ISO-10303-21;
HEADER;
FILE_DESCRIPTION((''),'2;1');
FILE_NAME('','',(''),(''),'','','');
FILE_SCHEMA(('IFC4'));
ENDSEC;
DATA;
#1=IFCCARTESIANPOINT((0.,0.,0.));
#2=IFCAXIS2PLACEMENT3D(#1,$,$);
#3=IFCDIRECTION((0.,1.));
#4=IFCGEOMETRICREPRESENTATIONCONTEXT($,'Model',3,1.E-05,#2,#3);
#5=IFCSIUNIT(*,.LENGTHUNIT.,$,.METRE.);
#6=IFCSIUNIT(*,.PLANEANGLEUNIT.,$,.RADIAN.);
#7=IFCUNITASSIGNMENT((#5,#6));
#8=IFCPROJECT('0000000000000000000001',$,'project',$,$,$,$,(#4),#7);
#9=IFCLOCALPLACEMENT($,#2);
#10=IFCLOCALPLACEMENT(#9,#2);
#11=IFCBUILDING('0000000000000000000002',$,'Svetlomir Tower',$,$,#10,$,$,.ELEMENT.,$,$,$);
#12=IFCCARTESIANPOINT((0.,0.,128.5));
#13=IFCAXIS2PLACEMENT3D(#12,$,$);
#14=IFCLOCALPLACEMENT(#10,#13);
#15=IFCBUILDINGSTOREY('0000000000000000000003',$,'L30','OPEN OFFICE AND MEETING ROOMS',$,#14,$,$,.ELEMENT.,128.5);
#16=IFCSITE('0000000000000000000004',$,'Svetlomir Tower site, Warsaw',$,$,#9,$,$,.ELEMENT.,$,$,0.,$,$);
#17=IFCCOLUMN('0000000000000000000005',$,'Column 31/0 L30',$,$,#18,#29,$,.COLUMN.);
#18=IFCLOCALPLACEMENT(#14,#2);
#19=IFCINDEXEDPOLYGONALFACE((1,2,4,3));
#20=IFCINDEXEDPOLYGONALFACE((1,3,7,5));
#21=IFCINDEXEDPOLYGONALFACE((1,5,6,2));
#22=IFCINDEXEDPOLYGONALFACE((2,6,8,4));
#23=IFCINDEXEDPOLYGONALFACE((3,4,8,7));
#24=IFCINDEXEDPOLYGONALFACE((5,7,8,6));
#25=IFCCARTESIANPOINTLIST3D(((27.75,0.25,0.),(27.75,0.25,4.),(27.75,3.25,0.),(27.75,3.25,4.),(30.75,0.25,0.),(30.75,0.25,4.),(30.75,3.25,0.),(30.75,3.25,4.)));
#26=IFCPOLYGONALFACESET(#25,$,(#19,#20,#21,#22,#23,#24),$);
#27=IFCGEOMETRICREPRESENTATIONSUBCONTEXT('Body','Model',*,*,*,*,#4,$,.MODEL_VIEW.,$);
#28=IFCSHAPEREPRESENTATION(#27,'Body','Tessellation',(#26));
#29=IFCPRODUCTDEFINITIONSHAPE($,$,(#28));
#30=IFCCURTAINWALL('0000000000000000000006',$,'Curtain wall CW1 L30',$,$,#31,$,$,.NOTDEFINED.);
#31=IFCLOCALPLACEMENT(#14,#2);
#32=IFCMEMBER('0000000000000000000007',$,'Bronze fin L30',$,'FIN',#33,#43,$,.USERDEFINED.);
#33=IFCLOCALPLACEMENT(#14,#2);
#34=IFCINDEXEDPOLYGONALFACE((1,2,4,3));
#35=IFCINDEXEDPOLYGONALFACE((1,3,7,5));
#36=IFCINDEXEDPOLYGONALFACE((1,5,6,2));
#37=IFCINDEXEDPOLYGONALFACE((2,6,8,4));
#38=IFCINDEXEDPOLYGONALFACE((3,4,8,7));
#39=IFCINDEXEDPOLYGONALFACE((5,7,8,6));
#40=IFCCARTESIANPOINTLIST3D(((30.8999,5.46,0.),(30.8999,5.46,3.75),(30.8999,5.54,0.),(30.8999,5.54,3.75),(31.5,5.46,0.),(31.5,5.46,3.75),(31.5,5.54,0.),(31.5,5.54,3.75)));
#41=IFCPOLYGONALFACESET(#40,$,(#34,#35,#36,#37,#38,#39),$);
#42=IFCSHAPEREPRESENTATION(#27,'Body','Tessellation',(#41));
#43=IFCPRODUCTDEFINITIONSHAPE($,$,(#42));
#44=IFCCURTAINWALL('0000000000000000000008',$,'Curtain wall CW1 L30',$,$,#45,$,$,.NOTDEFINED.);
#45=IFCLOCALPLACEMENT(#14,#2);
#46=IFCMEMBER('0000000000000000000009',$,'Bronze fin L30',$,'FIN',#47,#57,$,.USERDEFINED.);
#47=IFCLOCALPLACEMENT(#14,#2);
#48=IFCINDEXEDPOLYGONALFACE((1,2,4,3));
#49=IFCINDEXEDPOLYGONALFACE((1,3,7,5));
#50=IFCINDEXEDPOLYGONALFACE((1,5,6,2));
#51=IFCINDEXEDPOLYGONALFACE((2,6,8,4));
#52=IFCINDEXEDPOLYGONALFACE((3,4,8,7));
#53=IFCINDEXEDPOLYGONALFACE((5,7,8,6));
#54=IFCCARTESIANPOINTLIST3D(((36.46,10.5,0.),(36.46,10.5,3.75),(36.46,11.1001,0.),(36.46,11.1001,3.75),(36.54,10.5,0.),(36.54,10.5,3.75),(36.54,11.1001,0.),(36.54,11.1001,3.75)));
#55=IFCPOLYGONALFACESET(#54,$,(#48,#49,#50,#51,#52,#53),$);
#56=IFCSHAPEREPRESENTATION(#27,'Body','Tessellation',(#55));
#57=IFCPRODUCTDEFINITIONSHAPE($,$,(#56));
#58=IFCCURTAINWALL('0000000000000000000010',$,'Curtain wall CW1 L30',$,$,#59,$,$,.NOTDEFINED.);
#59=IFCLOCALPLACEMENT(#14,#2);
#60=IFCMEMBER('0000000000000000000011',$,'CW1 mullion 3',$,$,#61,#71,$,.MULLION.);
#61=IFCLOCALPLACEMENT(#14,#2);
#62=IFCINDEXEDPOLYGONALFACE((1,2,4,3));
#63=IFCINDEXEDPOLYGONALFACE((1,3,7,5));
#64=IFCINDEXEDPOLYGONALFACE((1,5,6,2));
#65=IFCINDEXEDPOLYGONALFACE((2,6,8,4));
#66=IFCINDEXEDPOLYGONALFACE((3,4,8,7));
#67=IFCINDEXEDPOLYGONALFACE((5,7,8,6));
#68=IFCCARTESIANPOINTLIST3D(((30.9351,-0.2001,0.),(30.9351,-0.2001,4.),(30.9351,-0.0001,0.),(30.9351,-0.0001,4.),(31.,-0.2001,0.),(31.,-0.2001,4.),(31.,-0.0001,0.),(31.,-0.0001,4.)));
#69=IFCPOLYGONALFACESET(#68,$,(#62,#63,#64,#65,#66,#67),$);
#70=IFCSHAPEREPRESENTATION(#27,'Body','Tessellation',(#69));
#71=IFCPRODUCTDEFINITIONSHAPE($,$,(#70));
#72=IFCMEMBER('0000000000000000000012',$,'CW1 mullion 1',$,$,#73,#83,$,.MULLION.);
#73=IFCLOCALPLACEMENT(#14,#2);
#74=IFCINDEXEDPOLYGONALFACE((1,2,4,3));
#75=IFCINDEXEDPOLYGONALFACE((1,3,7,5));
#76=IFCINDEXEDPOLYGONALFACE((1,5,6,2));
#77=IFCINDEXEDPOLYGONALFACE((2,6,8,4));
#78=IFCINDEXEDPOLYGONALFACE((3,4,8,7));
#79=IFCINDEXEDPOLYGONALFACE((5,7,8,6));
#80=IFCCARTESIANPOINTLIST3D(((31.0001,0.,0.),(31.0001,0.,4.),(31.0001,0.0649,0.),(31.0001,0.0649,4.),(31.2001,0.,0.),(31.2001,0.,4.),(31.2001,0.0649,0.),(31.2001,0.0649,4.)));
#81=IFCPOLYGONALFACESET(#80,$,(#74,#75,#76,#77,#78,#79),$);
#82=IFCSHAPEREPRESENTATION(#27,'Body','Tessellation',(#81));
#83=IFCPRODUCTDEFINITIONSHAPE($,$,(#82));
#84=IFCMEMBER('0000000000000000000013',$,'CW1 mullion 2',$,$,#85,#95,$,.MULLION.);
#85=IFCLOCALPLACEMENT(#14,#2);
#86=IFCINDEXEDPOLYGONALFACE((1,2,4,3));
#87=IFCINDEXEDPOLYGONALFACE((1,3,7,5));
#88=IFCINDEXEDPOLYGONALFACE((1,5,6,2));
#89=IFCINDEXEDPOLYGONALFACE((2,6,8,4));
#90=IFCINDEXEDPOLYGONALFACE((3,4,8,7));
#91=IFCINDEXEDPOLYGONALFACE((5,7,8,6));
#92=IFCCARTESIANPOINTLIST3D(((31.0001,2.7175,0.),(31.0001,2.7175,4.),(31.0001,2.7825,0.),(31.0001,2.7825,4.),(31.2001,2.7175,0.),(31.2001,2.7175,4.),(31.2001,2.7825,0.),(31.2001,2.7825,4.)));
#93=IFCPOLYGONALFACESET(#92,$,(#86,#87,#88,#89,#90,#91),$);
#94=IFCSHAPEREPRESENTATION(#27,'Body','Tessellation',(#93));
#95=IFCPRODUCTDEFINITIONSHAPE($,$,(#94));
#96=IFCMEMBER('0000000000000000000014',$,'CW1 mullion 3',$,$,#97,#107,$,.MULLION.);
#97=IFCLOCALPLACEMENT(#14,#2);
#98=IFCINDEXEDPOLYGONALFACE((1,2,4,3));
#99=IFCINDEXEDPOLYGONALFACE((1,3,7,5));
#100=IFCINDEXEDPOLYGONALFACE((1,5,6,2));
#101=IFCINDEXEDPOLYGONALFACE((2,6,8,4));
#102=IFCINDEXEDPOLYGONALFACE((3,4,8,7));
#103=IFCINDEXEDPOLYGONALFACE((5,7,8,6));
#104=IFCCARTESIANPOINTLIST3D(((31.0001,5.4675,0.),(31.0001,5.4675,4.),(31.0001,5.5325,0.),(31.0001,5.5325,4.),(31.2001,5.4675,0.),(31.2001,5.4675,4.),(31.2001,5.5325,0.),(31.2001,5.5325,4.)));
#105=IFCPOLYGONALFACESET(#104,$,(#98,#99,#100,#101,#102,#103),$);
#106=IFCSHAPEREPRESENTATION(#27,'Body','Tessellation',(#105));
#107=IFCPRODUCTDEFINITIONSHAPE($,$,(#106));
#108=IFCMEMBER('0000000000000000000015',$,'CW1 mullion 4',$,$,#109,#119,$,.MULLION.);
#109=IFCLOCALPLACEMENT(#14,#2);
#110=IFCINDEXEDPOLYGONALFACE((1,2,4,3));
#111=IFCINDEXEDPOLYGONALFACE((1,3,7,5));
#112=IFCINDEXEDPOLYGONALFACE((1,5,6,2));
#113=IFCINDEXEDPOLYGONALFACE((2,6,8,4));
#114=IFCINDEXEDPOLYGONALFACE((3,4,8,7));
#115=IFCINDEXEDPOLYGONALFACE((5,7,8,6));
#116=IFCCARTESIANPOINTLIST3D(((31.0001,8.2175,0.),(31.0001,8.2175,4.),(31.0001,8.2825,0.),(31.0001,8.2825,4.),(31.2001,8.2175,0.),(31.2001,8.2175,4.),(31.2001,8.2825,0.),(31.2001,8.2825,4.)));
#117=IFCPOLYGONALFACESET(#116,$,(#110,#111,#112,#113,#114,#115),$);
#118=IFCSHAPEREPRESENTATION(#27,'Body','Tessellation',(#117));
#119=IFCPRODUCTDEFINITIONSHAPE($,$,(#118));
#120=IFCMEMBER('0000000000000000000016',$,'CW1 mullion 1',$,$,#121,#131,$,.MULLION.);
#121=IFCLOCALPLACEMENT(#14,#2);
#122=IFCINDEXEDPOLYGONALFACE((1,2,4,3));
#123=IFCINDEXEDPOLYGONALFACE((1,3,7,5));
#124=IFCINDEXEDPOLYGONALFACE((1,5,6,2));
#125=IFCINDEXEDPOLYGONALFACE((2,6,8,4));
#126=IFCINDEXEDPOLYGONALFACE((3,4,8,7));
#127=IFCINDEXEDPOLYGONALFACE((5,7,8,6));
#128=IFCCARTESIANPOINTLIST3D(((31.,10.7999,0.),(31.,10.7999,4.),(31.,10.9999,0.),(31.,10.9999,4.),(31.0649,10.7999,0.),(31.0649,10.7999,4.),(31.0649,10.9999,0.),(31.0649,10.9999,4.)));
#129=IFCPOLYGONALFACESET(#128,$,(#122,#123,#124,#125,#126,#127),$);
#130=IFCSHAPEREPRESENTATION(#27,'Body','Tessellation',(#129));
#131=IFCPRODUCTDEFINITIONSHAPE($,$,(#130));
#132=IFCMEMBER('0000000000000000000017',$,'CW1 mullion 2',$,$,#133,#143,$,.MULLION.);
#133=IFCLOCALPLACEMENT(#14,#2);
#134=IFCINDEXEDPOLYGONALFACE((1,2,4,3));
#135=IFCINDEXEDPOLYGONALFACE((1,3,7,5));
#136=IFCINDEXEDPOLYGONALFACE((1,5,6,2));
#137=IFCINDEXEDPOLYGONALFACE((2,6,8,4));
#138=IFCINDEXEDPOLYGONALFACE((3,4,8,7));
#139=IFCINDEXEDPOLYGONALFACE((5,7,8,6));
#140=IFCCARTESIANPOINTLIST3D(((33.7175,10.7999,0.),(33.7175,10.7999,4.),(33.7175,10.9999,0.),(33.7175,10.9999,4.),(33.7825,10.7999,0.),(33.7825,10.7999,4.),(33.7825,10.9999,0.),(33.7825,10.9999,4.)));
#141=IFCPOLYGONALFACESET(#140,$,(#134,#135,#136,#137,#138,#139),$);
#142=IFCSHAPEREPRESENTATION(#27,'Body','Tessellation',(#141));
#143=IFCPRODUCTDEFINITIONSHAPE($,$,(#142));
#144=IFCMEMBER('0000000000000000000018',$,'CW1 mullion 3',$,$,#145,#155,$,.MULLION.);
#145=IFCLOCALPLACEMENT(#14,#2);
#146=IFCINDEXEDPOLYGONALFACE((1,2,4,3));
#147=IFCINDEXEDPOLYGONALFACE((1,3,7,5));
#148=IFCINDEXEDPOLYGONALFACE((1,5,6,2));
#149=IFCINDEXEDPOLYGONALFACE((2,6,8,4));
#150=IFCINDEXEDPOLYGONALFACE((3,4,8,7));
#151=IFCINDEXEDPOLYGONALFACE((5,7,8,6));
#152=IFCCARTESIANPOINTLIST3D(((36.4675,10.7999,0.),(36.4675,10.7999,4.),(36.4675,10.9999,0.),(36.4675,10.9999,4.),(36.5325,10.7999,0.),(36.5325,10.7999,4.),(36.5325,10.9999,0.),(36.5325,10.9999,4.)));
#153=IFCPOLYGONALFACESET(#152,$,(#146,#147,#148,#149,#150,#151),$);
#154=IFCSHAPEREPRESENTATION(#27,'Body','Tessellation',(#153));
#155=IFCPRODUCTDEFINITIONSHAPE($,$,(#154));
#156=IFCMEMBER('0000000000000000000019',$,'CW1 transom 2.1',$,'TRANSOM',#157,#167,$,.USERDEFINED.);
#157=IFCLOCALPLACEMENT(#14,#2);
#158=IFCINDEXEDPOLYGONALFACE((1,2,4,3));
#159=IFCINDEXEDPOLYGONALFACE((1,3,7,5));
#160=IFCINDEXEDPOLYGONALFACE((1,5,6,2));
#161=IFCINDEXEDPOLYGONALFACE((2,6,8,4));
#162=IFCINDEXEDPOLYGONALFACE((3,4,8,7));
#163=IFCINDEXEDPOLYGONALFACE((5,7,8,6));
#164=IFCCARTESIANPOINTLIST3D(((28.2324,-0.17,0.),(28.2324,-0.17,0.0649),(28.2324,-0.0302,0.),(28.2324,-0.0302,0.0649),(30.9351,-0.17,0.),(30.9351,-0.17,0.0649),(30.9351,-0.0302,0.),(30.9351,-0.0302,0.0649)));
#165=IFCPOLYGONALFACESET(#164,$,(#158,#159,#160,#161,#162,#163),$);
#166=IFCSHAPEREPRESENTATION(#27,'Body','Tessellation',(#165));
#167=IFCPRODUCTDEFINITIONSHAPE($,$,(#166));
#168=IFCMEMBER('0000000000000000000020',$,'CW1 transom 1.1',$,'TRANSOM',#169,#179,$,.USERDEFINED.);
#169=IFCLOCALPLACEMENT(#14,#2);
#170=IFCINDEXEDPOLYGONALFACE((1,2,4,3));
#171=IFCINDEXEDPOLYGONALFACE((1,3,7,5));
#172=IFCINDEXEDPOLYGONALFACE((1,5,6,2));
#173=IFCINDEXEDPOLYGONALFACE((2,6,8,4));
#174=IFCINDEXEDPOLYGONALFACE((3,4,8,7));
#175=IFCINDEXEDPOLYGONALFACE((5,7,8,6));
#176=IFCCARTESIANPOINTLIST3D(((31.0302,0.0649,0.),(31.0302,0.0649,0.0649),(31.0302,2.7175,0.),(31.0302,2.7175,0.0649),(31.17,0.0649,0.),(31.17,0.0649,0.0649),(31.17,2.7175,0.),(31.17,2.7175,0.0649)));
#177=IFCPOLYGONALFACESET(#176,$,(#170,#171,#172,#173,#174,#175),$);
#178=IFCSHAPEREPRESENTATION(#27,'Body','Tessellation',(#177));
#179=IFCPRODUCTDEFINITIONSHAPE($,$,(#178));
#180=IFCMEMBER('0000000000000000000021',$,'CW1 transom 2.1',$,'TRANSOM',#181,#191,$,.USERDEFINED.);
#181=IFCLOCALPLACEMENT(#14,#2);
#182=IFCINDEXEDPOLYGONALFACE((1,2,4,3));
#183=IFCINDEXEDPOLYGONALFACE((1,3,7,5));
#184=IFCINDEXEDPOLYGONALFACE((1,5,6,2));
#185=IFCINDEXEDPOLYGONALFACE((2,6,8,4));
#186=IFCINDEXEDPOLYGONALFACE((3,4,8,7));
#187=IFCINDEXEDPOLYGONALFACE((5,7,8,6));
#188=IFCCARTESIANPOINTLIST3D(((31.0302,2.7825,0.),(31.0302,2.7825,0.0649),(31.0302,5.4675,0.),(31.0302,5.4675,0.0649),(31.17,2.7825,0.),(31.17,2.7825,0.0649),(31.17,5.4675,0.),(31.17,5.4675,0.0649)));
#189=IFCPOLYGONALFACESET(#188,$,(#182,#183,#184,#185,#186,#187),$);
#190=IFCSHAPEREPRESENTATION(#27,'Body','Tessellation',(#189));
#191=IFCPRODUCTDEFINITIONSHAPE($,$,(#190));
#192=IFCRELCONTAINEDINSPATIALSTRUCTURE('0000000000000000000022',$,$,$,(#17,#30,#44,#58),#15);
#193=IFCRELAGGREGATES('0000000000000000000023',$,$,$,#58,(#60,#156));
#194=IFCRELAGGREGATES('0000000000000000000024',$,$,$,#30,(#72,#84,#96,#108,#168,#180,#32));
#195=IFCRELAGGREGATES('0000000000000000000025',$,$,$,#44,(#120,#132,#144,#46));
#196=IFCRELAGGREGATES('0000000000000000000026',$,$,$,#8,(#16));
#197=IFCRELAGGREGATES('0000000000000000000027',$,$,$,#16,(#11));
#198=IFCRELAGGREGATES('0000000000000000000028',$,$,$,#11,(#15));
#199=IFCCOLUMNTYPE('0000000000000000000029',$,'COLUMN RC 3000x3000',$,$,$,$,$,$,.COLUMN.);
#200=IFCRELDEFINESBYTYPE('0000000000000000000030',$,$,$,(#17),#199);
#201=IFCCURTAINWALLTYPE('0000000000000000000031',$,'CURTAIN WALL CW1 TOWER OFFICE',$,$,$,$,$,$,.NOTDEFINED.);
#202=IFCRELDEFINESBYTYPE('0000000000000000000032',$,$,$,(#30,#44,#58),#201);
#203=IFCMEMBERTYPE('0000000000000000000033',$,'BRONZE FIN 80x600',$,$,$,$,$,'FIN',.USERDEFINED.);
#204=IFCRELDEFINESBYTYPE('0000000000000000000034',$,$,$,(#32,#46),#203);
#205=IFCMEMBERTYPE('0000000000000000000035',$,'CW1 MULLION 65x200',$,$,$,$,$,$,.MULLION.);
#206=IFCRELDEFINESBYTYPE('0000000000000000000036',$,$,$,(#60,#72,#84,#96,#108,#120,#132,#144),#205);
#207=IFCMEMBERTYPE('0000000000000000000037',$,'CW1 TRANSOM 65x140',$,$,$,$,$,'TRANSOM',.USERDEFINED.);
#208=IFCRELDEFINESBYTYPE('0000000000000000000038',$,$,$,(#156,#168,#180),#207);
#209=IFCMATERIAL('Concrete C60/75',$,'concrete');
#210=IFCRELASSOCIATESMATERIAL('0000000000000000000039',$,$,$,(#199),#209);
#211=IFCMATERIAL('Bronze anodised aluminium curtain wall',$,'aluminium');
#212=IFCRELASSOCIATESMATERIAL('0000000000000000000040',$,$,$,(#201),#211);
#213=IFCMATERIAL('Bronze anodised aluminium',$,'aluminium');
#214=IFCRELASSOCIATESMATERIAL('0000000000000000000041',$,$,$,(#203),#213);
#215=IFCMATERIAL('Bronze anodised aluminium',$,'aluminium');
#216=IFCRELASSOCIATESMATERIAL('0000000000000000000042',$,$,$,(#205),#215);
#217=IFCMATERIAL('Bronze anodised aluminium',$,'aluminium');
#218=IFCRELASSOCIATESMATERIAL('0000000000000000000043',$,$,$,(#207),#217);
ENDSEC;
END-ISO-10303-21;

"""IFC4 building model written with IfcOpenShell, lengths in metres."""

from ifc_helpers import new_model, si_unit, direction, frame, origin, origin_2d, place, context, subcontext, project, spatial, rectangle, extrude, material, material_profile, profile_set, type_object, element, aggregate, save


model = new_model("IFC4")

# Units and contexts
model_context = context("Model", 3, precision=1e-05, world=origin(), true_north=direction((0.0, 1.0)))
body_context = subcontext(model_context, "Body", "Model", "MODEL_VIEW")
ifc_project = project(units=[si_unit("LENGTHUNIT", "METRE"), si_unit("PLANEANGLEUNIT", "RADIAN")], contexts=[model_context])

# Site, building, storey
site_placement = place(None, origin())
site = spatial("IfcSite", under=ifc_project, at=site_placement, Name="Svetlomir Tower site, Warsaw", CompositionType="ELEMENT", RefElevation=0.0)
building_placement = place(site_placement, origin())
building = spatial("IfcBuilding", under=site, at=building_placement, Name="Svetlomir Tower", CompositionType="ELEMENT")
storey_placement = place(building_placement, frame((0.0, 0.0, 128.5)))
storey = spatial("IfcBuildingStorey", under=building, at=storey_placement, Name="L30", Description="OPEN OFFICE AND MEETING ROOMS", CompositionType="ELEMENT", Elevation=128.5)

# Column
ifc_material_1 = material(Name="Concrete C60/75", Category="concrete")
ifc_material_profile_1 = material_profile(ifc_material_1, rectangle(XDim=3.0, YDim=3.0, at=origin_2d()), Name="RC 3000x3000")
ifc_profile_set_1 = profile_set([ifc_material_profile_1], Name="Concrete C60/75")
column_type = type_object("IfcColumnType", Name="COLUMN RC 3000x3000", PredefinedType="COLUMN", material=ifc_profile_set_1)
column_placement = place(storey_placement, frame((29.25, 1.75, 0.0), z_axis=(0.0, 0.0, 1.0), x_axis=(1.0, 0.0, 0.0)))
element("IfcColumn", 1, at=column_placement, inside=storey, type_object=column_type, Name="Column 31/0 L30", PredefinedType="COLUMN", context=body_context, shape_type="SweptSolid", body=[
    extrude(rectangle(XDim=3.0, YDim=3.0, at=origin_2d()), origin(), (0.0, 0.0, 1.0), 4.0),
])

# Curtain walls, members
ifc_material_2 = material(Name="Bronze anodised aluminium curtain wall", Category="aluminium")
curtain_wall_type = type_object("IfcCurtainWallType", Name="CURTAIN WALL CW1 TOWER OFFICE", PredefinedType="NOTDEFINED", material=ifc_material_2)
curtain_wall_1_placement = place(storey_placement, origin())
curtain_wall_1 = element("IfcCurtainWall", 2, at=curtain_wall_1_placement, inside=storey, type_object=curtain_wall_type, Name="Curtain wall CW1 L30", PredefinedType="NOTDEFINED")
ifc_material_3 = material(Name="Bronze anodised aluminium", Category="aluminium")
ifc_material_profile_2 = material_profile(ifc_material_3, rectangle(XDim=0.0801, YDim=0.6001, at=origin_2d()), Name="FIN 80x600")
ifc_profile_set_2 = profile_set([ifc_material_profile_2], Name="Bronze anodised aluminium 6063-T6")
member_type_1 = type_object("IfcMemberType", Name="BRONZE FIN 80x600", ElementType="FIN", PredefinedType="USERDEFINED", material=ifc_profile_set_2)
member_1_placement = place(storey_placement, frame((31.2, 5.5, 0.0), z_axis=(0.0, 0.0, 1.0), x_axis=(0.0, 1.0, 0.0)))
member_1 = element("IfcMember", 3, at=member_1_placement, type_object=member_type_1, Name="Bronze fin L30", ObjectType="FIN", PredefinedType="USERDEFINED", context=body_context, shape_type="SweptSolid", body=[
    extrude(rectangle(XDim=0.0801, YDim=0.6001, at=origin_2d()), origin(), (0.0, 0.0, 1.0), 3.75),
])
curtain_wall_2_placement = place(storey_placement, origin())
curtain_wall_2 = element("IfcCurtainWall", 4, at=curtain_wall_2_placement, inside=storey, type_object=curtain_wall_type, Name="Curtain wall CW1 L30", PredefinedType="NOTDEFINED")
member_2_placement = place(storey_placement, frame((36.5, 10.8, 0.0), z_axis=(0.0, 0.0, 1.0), x_axis=(1.0, 0.0, 0.0)))
member_2 = element("IfcMember", 5, at=member_2_placement, type_object=member_type_1, Name="Bronze fin L30", ObjectType="FIN", PredefinedType="USERDEFINED", context=body_context, shape_type="SweptSolid", body=[
    extrude(rectangle(XDim=0.0801, YDim=0.6001, at=origin_2d()), origin(), (0.0, 0.0, 1.0), 3.75),
])
curtain_wall_3_placement = place(storey_placement, origin())
curtain_wall_3 = element("IfcCurtainWall", 6, at=curtain_wall_3_placement, inside=storey, type_object=curtain_wall_type, Name="Curtain wall CW1 L30", PredefinedType="NOTDEFINED")
ifc_material_4 = material(Name="Bronze anodised aluminium", Category="aluminium")
ifc_material_profile_3 = material_profile(ifc_material_4, rectangle(XDim=0.0649, YDim=0.2, at=origin_2d()), Name="AL 65x200")
ifc_profile_set_3 = profile_set([ifc_material_profile_3], Name="Bronze anodised aluminium 6063-T6")
member_type_2 = type_object("IfcMemberType", Name="CW1 MULLION 65x200", PredefinedType="MULLION", material=ifc_profile_set_3)
member_3_placement = place(storey_placement, frame((30.9675, -0.1001, 0.0), z_axis=(0.0, 0.0, 1.0), x_axis=(1.0, 0.0, 0.0)))
member_3 = element("IfcMember", 7, at=member_3_placement, type_object=member_type_2, Name="CW1 mullion 3", PredefinedType="MULLION", context=body_context, shape_type="SweptSolid", body=[
    extrude(rectangle(XDim=0.0649, YDim=0.2, at=origin_2d()), origin(), (0.0, 0.0, 1.0), 4.0),
])

# Members
member_4_placement = place(storey_placement, frame((31.1001, 0.0325, 0.0), z_axis=(0.0, 0.0, 1.0), x_axis=(0.0, 1.0, 0.0)))
member_4 = element("IfcMember", 8, at=member_4_placement, type_object=member_type_2, Name="CW1 mullion 1", PredefinedType="MULLION", context=body_context, shape_type="SweptSolid", body=[
    extrude(rectangle(XDim=0.0649, YDim=0.2, at=origin_2d()), origin(), (0.0, 0.0, 1.0), 4.0),
])
member_5_placement = place(storey_placement, frame((31.1001, 2.75, 0.0), z_axis=(0.0, 0.0, 1.0), x_axis=(0.0, 1.0, 0.0)))
member_5 = element("IfcMember", 9, at=member_5_placement, type_object=member_type_2, Name="CW1 mullion 2", PredefinedType="MULLION", context=body_context, shape_type="SweptSolid", body=[
    extrude(rectangle(XDim=0.0649, YDim=0.2, at=origin_2d()), origin(), (0.0, 0.0, 1.0), 4.0),
])
member_6_placement = place(storey_placement, frame((31.1001, 5.5, 0.0), z_axis=(0.0, 0.0, 1.0), x_axis=(0.0, 1.0, 0.0)))
member_6 = element("IfcMember", 10, at=member_6_placement, type_object=member_type_2, Name="CW1 mullion 3", PredefinedType="MULLION", context=body_context, shape_type="SweptSolid", body=[
    extrude(rectangle(XDim=0.0649, YDim=0.2, at=origin_2d()), origin(), (0.0, 0.0, 1.0), 4.0),
])
member_7_placement = place(storey_placement, frame((31.1001, 8.25, 0.0), z_axis=(0.0, 0.0, 1.0), x_axis=(0.0, 1.0, 0.0)))
member_7 = element("IfcMember", 11, at=member_7_placement, type_object=member_type_2, Name="CW1 mullion 4", PredefinedType="MULLION", context=body_context, shape_type="SweptSolid", body=[
    extrude(rectangle(XDim=0.0649, YDim=0.2, at=origin_2d()), origin(), (0.0, 0.0, 1.0), 4.0),
])
member_8_placement = place(storey_placement, frame((31.0325, 10.8999, 0.0), z_axis=(0.0, 0.0, 1.0), x_axis=(1.0, 0.0, 0.0)))
member_8 = element("IfcMember", 12, at=member_8_placement, type_object=member_type_2, Name="CW1 mullion 1", PredefinedType="MULLION", context=body_context, shape_type="SweptSolid", body=[
    extrude(rectangle(XDim=0.0649, YDim=0.2, at=origin_2d()), origin(), (0.0, 0.0, 1.0), 4.0),
])
member_9_placement = place(storey_placement, frame((33.75, 10.8999, 0.0), z_axis=(0.0, 0.0, 1.0), x_axis=(1.0, 0.0, 0.0)))
member_9 = element("IfcMember", 13, at=member_9_placement, type_object=member_type_2, Name="CW1 mullion 2", PredefinedType="MULLION", context=body_context, shape_type="SweptSolid", body=[
    extrude(rectangle(XDim=0.0649, YDim=0.2, at=origin_2d()), origin(), (0.0, 0.0, 1.0), 4.0),
])
member_10_placement = place(storey_placement, frame((36.5, 10.8999, 0.0), z_axis=(0.0, 0.0, 1.0), x_axis=(1.0, 0.0, 0.0)))
member_10 = element("IfcMember", 14, at=member_10_placement, type_object=member_type_2, Name="CW1 mullion 3", PredefinedType="MULLION", context=body_context, shape_type="SweptSolid", body=[
    extrude(rectangle(XDim=0.0649, YDim=0.2, at=origin_2d()), origin(), (0.0, 0.0, 1.0), 4.0),
])
ifc_material_5 = material(Name="Bronze anodised aluminium", Category="aluminium")
ifc_material_profile_4 = material_profile(ifc_material_5, rectangle(XDim=0.1399, YDim=0.0649, at=origin_2d()), Name="AL 140x65")
ifc_profile_set_4 = profile_set([ifc_material_profile_4], Name="Bronze anodised aluminium 6063-T6")
member_type_3 = type_object("IfcMemberType", Name="CW1 TRANSOM 65x140", ElementType="TRANSOM", PredefinedType="USERDEFINED", material=ifc_profile_set_4)
member_11_placement = place(storey_placement, frame((28.2324, -0.1001, 0.0325), z_axis=(1.0, 0.0, 0.0), x_axis=(0.0, 1.0, 0.0)))
member_11 = element("IfcMember", 15, at=member_11_placement, type_object=member_type_3, Name="CW1 transom 2.1", ObjectType="TRANSOM", PredefinedType="USERDEFINED", context=body_context, shape_type="SweptSolid", body=[
    extrude(rectangle(XDim=0.1399, YDim=0.0649, at=origin_2d()), origin(), (0.0, 0.0, 1.0), 2.7026),
])
member_12_placement = place(storey_placement, frame((31.1001, 0.0649, 0.0325), z_axis=(0.0, 1.0, 0.0), x_axis=(-1.0, 0.0, 0.0)))
member_12 = element("IfcMember", 16, at=member_12_placement, type_object=member_type_3, Name="CW1 transom 1.1", ObjectType="TRANSOM", PredefinedType="USERDEFINED", context=body_context, shape_type="SweptSolid", body=[
    extrude(rectangle(XDim=0.1399, YDim=0.0649, at=origin_2d()), origin(), (0.0, 0.0, 1.0), 2.6526),
])
member_13_placement = place(storey_placement, frame((31.1001, 2.7825, 0.0325), z_axis=(0.0, 1.0, 0.0), x_axis=(-1.0, 0.0, 0.0)))
member_13 = element("IfcMember", 17, at=member_13_placement, type_object=member_type_3, Name="CW1 transom 2.1", ObjectType="TRANSOM", PredefinedType="USERDEFINED", context=body_context, shape_type="SweptSolid", body=[
    extrude(rectangle(XDim=0.1399, YDim=0.0649, at=origin_2d()), origin(), (0.0, 0.0, 1.0), 2.6851),
])

aggregate(curtain_wall_3, [member_3, member_11])
aggregate(curtain_wall_1, [member_4, member_5, member_6, member_7, member_12, member_13, member_1])
aggregate(curtain_wall_2, [member_8, member_9, member_10, member_2])

save(model, "model.ifc")
